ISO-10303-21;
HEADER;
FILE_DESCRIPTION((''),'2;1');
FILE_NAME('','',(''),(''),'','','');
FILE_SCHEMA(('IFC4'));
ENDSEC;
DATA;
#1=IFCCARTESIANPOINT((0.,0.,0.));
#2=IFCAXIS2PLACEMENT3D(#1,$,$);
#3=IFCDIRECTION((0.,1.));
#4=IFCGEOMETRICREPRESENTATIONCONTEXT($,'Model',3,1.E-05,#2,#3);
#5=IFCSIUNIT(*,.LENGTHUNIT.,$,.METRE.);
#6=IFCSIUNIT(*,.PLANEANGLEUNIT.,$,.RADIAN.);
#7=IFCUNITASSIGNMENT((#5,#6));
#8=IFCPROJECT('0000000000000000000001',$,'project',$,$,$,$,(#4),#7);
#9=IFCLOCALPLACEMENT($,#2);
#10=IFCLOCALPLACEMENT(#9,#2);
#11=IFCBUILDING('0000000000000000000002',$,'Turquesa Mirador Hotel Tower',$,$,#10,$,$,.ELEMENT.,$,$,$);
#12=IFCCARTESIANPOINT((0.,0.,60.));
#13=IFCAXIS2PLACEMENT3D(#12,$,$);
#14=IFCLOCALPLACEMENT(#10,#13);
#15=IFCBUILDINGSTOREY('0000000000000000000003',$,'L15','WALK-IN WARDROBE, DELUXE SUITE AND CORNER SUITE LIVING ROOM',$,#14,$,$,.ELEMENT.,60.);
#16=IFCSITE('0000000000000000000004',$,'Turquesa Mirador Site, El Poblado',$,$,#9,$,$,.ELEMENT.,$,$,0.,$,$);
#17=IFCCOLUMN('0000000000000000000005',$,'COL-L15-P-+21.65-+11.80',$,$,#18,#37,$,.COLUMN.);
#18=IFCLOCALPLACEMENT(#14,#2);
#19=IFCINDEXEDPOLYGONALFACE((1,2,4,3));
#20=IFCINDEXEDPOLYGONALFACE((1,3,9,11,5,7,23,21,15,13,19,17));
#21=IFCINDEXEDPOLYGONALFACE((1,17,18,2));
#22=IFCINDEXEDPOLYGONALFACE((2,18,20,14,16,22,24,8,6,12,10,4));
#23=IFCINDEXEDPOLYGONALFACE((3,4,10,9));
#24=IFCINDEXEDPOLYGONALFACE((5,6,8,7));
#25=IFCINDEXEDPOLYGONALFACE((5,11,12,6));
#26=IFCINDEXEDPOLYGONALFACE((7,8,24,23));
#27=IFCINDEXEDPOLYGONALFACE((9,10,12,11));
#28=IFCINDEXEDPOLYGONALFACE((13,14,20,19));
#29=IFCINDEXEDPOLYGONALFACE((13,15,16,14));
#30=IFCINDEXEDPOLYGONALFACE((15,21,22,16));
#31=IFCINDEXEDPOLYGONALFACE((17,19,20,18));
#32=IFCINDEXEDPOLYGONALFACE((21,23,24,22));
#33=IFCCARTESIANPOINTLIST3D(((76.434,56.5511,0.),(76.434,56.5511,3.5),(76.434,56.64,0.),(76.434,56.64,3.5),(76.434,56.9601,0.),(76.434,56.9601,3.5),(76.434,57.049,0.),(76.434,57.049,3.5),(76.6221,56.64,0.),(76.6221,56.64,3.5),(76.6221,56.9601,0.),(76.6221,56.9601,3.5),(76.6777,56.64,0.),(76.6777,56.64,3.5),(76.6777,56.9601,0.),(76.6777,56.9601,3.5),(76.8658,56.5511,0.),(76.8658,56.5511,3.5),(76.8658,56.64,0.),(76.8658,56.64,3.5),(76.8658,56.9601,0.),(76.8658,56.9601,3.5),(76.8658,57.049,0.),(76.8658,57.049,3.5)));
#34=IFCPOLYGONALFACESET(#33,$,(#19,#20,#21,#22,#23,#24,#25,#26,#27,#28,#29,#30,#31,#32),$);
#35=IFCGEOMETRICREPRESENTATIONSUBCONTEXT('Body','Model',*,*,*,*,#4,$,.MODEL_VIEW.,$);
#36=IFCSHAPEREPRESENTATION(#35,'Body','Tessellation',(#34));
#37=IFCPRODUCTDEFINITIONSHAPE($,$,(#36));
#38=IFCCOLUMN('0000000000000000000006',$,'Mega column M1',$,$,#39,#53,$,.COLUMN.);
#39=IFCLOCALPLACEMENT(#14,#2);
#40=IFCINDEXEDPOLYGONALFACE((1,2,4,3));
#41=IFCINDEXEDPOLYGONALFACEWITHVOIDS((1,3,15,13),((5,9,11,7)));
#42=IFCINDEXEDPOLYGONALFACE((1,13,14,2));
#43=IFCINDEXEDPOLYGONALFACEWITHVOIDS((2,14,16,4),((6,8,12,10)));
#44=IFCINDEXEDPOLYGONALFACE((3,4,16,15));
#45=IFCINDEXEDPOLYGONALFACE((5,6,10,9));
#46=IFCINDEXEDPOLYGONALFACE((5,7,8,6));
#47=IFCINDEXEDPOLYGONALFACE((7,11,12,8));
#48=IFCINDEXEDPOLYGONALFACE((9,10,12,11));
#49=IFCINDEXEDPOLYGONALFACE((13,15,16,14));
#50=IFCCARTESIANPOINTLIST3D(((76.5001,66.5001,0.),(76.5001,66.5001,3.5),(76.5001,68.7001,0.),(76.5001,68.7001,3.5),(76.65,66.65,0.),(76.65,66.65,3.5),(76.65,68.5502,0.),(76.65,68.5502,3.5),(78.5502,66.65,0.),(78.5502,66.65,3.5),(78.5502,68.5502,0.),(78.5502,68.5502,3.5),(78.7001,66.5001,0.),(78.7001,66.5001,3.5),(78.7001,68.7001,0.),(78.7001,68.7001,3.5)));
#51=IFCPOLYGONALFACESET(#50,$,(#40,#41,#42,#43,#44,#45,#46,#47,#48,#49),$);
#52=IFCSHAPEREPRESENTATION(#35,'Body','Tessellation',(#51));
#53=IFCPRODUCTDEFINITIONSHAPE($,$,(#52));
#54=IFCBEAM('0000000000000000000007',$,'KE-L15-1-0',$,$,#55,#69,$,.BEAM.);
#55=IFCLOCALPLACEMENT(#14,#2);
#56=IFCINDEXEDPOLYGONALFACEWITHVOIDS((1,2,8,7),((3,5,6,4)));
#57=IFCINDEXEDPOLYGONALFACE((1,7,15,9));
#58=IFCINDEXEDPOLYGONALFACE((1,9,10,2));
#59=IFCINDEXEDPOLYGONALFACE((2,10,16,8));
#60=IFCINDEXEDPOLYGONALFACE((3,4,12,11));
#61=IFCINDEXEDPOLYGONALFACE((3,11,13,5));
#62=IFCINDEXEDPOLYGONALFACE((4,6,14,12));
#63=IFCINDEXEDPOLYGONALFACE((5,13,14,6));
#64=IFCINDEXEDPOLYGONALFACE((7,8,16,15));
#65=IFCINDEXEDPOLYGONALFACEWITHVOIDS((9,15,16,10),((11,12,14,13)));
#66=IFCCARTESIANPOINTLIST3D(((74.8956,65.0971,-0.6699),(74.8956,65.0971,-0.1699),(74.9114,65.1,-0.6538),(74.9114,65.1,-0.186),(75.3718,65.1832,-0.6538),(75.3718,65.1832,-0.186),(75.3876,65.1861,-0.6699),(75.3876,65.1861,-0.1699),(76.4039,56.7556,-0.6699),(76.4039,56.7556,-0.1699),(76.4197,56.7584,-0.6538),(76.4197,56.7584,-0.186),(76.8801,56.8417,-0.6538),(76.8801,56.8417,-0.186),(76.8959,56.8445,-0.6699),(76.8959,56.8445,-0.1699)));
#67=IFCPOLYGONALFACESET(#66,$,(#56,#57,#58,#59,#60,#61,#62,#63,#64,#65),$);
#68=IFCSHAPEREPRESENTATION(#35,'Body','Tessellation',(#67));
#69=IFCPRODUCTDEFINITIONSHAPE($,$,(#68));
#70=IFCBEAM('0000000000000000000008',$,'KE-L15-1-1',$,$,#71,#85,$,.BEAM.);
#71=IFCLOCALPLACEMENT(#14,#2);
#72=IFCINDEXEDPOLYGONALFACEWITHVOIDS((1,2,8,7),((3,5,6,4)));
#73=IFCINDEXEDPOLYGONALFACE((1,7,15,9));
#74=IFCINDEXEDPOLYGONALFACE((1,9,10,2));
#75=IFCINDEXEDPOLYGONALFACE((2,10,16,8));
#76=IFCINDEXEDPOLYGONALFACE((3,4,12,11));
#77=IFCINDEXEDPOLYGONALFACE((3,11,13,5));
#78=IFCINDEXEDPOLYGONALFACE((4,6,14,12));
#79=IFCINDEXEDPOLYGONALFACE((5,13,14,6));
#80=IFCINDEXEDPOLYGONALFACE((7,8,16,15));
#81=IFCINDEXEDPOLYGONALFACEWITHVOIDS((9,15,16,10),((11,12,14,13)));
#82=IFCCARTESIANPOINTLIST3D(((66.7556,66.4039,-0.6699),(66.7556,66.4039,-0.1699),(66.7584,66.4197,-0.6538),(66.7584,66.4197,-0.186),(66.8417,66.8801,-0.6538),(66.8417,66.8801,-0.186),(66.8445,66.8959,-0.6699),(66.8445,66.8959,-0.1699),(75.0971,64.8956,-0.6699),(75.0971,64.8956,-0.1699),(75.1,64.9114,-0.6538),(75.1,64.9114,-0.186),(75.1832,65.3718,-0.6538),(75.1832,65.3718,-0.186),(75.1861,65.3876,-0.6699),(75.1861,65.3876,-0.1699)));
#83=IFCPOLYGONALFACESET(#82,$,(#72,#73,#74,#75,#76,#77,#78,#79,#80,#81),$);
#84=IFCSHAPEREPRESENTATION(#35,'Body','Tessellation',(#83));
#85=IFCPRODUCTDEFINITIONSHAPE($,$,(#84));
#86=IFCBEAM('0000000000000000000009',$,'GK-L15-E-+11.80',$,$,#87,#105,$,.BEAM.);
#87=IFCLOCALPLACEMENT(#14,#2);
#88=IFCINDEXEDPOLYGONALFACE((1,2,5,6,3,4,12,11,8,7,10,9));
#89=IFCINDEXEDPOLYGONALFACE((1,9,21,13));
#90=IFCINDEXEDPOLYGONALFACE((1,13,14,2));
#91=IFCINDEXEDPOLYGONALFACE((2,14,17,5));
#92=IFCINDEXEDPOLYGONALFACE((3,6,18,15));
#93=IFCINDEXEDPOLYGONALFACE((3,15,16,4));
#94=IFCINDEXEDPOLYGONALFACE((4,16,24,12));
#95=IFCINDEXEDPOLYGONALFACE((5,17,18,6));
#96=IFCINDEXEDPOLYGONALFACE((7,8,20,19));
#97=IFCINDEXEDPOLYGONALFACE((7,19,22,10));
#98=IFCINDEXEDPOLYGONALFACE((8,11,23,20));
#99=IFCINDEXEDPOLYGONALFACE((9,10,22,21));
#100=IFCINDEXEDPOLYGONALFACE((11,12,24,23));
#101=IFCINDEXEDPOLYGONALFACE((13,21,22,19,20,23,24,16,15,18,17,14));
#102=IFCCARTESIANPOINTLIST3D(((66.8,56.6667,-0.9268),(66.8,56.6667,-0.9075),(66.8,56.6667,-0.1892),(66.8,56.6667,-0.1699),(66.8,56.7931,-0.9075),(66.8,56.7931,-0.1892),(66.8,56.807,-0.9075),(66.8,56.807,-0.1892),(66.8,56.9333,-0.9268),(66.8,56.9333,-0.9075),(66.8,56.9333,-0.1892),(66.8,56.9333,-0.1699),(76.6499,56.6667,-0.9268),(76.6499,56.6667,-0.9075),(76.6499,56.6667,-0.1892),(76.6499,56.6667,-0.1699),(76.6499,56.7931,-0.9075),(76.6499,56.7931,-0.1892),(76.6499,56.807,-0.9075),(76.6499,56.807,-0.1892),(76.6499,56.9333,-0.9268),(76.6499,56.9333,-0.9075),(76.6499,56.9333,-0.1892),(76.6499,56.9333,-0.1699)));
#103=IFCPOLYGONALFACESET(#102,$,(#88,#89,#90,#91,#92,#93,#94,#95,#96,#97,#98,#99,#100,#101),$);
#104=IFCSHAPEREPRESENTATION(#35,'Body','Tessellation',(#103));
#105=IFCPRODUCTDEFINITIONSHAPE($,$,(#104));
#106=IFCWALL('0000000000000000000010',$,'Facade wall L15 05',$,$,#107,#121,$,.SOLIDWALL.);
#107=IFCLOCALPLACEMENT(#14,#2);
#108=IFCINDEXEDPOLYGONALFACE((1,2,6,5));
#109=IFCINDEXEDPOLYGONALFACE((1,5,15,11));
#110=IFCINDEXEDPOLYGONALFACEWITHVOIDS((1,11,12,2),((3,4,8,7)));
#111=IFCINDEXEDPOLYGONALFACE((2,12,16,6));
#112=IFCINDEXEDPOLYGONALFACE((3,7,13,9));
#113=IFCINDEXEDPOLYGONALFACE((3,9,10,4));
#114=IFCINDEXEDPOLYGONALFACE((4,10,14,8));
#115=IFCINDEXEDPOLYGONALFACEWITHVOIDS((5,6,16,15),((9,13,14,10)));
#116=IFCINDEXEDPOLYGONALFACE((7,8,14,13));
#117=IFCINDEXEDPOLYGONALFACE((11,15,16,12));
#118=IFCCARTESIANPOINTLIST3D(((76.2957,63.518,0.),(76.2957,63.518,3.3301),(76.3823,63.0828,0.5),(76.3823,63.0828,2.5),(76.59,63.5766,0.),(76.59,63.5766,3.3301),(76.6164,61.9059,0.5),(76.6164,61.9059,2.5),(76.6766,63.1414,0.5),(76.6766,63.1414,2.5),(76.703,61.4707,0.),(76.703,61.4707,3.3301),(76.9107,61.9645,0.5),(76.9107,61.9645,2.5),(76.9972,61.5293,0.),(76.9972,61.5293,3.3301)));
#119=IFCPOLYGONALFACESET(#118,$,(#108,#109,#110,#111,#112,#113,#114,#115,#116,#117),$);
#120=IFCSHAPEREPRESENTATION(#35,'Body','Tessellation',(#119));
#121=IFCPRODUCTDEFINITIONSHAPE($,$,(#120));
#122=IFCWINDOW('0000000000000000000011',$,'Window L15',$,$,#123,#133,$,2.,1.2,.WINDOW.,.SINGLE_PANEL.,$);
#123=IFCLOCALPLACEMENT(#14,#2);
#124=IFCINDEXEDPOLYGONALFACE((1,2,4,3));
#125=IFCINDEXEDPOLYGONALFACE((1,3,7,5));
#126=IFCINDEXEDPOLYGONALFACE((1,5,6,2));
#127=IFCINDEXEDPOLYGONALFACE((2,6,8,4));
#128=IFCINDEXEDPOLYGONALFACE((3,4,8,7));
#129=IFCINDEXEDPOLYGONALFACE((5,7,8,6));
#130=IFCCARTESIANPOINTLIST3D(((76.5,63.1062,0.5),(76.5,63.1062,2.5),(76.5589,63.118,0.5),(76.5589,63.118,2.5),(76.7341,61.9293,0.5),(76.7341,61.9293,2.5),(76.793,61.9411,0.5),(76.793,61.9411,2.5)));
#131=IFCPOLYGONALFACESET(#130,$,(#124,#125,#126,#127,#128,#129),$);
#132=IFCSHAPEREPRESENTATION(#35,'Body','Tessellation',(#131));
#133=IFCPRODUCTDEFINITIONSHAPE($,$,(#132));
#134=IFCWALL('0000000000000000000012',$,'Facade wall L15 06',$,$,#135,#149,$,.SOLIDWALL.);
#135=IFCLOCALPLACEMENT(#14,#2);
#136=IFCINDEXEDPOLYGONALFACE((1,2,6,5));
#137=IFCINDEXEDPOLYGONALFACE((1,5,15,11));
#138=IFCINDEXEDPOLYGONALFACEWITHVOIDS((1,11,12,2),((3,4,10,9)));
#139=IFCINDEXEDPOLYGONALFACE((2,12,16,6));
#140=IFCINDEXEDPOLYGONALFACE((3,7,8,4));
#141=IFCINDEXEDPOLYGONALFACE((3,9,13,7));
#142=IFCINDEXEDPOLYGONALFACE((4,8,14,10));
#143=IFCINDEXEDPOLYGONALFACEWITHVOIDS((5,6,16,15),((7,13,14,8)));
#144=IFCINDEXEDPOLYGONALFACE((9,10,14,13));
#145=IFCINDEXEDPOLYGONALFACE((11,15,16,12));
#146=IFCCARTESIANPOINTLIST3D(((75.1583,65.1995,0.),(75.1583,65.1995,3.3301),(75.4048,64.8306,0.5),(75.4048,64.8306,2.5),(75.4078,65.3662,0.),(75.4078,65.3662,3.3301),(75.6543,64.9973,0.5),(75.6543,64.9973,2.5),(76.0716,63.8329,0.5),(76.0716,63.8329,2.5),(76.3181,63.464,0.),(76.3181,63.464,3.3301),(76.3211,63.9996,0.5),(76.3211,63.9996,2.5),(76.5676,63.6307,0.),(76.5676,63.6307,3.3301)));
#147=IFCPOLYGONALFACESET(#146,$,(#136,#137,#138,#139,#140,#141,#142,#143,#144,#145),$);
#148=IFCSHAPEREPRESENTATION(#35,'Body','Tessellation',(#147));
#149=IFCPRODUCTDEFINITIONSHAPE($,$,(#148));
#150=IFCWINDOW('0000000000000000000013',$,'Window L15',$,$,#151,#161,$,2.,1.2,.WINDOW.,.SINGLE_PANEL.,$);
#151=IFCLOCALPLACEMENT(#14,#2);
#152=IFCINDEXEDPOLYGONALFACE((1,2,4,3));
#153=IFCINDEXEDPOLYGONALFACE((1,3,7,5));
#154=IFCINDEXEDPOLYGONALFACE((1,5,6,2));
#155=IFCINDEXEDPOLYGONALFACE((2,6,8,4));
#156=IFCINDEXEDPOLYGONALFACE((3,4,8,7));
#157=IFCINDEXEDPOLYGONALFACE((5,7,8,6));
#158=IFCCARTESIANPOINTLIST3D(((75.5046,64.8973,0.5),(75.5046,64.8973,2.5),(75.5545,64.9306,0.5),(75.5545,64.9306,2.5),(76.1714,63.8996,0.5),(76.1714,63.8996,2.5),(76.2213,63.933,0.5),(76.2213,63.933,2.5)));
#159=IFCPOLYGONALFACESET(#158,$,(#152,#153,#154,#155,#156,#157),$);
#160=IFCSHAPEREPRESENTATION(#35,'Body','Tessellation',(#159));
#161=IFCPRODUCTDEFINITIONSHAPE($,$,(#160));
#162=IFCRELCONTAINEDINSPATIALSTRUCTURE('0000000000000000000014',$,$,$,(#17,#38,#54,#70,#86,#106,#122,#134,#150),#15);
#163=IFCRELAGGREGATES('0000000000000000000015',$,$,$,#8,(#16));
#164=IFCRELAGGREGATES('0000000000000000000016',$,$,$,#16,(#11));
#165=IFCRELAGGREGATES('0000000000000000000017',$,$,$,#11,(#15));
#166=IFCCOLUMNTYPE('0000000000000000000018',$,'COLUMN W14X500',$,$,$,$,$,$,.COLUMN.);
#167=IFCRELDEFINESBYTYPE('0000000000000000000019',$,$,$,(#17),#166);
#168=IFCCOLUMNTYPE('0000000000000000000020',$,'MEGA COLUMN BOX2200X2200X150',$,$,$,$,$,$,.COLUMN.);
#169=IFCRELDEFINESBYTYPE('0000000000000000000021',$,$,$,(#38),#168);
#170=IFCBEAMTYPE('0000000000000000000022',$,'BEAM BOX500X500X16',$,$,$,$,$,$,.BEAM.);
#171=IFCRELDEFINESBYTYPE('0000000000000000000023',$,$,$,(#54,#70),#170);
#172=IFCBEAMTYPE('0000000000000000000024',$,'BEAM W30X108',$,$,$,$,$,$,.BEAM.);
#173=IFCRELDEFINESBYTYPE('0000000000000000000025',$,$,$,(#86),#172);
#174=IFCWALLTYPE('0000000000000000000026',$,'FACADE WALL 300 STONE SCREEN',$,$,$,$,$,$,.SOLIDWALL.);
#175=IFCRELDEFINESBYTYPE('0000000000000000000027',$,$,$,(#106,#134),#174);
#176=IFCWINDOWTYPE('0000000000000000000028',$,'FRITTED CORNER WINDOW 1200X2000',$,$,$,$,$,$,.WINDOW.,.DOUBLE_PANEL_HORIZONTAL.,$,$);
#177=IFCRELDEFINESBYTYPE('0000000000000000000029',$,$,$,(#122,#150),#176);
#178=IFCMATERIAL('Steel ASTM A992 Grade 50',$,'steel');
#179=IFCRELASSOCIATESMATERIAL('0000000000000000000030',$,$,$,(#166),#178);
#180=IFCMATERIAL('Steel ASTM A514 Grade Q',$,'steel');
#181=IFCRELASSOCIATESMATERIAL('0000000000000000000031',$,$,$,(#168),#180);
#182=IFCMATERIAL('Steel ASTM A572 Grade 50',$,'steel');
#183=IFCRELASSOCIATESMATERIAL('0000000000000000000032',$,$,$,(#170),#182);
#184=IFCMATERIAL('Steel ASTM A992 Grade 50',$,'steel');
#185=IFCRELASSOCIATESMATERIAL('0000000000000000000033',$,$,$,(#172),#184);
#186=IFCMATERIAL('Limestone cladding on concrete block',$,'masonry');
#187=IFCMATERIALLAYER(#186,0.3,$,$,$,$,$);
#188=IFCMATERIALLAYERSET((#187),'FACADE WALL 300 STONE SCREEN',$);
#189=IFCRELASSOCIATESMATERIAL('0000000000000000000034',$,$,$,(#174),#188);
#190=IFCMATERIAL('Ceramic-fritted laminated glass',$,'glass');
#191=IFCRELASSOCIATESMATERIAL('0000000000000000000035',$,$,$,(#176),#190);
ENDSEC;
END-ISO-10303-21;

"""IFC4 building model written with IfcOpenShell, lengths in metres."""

from ifc_helpers import new_model, si_unit, direction, frame, frame_2d, origin, origin_2d, place, context, subcontext, project, spatial, rectangle, hollow_rectangle, i_section, extrude, material, layer, layer_set, material_profile, profile_set, type_object, element, fill, save


model = new_model("IFC4")

# Units and contexts
model_context = context("Model", 3, precision=1e-05, world=origin(), true_north=direction((0.0, 1.0)))
body_context = subcontext(model_context, "Body", "Model", "MODEL_VIEW")
ifc_project = project(units=[si_unit("LENGTHUNIT", "METRE"), si_unit("PLANEANGLEUNIT", "RADIAN")], contexts=[model_context])

# Site, building, storey
site_placement = place(None, origin())
site = spatial("IfcSite", under=ifc_project, at=site_placement, Name="Turquesa Mirador Site, El Poblado", CompositionType="ELEMENT", RefElevation=0.0)
building_placement = place(site_placement, origin())
building = spatial("IfcBuilding", under=site, at=building_placement, Name="Turquesa Mirador Hotel Tower", CompositionType="ELEMENT")
storey_placement = place(building_placement, frame((0.0, 0.0, 60.0)))
storey = spatial("IfcBuildingStorey", under=building, at=storey_placement, Name="L15", Description="WALK-IN WARDROBE, DELUXE SUITE AND CORNER SUITE LIVING ROOM", CompositionType="ELEMENT", Elevation=60.0)

# Columns
ifc_material_1 = material(Name="Steel ASTM A992 Grade 50", Category="steel")
ifc_material_profile_1 = material_profile(ifc_material_1, i_section(OverallWidth=0.4319, OverallDepth=0.4978, WebThickness=0.0557, FlangeThickness=0.0889, at=origin_2d()), Name="W14X500")
ifc_profile_set_1 = profile_set([ifc_material_profile_1], Name="Steel ASTM A992 Grade 50")
column_type_1 = type_object("IfcColumnType", Name="COLUMN W14X500", PredefinedType="COLUMN", material=ifc_profile_set_1)
column_1_placement = place(storey_placement, frame((76.6499, 56.8, 0.0), z_axis=(0.0, 0.0, 1.0), x_axis=(1.0, 0.0, 0.0)))
element("IfcColumn", 1, at=column_1_placement, inside=storey, type_object=column_type_1, Name="COL-L15-P-+21.65-+11.80", PredefinedType="COLUMN", context=body_context, shape_type="SweptSolid", body=[
    extrude(i_section(OverallWidth=0.4319, OverallDepth=0.4978, WebThickness=0.0557, FlangeThickness=0.0889, at=origin_2d()), origin(), (0.0, 0.0, 1.0), 3.5),
])
ifc_material_2 = material(Name="Steel ASTM A514 Grade Q", Category="steel")
ifc_material_profile_2 = material_profile(ifc_material_2, hollow_rectangle(XDim=2.2, YDim=2.2, WallThickness=0.1499, at=origin_2d()), Name="BOX2200X2200X150")
ifc_profile_set_2 = profile_set([ifc_material_profile_2], Name="Steel ASTM A514 Grade Q")
column_type_2 = type_object("IfcColumnType", Name="MEGA COLUMN BOX2200X2200X150", PredefinedType="COLUMN", material=ifc_profile_set_2)
column_2_placement = place(storey_placement, frame((77.6001, 67.6001, 0.0), z_axis=(0.0, 0.0, 1.0), x_axis=(1.0, 0.0, 0.0)))
element("IfcColumn", 2, at=column_2_placement, inside=storey, type_object=column_type_2, Name="Mega column M1", PredefinedType="COLUMN", context=body_context, shape_type="SweptSolid", body=[
    extrude(hollow_rectangle(XDim=2.2, YDim=2.2, WallThickness=0.1499, at=origin_2d()), origin(), (0.0, 0.0, 1.0), 3.5),
])

# Beams
ifc_material_3 = material(Name="Steel ASTM A572 Grade 50", Category="steel")
ifc_material_profile_3 = material_profile(ifc_material_3, hollow_rectangle(XDim=0.5, YDim=0.5, WallThickness=0.0161, at=origin_2d()), Name="BOX500X500X16")
ifc_profile_set_3 = profile_set([ifc_material_profile_3], Name="Steel ASTM A572 Grade 50")
beam_type_1 = type_object("IfcBeamType", Name="BEAM BOX500X500X16", PredefinedType="BEAM", material=ifc_profile_set_3)
for number, where, z_axis, x_axis, name in (
    (3, (76.6499, 56.8, -0.4199), (-0.177932, 0.984043, 0.0), (-0.984043, -0.177932, 0.0), "KE-L15-1-0"),
    (4, (75.1416, 65.1416, -0.4199), (-0.984043, 0.177932, 0.0), (-0.177932, -0.984043, 0.0), "KE-L15-1-1"),
):
    element("IfcBeam", number, at=place(storey_placement, frame(where, z_axis=z_axis, x_axis=x_axis)), inside=storey, type_object=beam_type_1, Name=name, PredefinedType="BEAM", context=body_context, shape_type="SweptSolid", body=[
        extrude(hollow_rectangle(XDim=0.5, YDim=0.5, WallThickness=0.0161, at=origin_2d()), origin(), (0.0, 0.0, 1.0), 8.4768),
    ])
ifc_material_4 = material(Name="Steel ASTM A992 Grade 50", Category="steel")
ifc_material_profile_4 = material_profile(ifc_material_4, i_section(OverallWidth=0.2666, OverallDepth=0.7568, WebThickness=0.0139, FlangeThickness=0.0193, at=origin_2d()), Name="W30X108")
ifc_profile_set_4 = profile_set([ifc_material_profile_4], Name="Steel ASTM A992 Grade 50")
beam_type_2 = type_object("IfcBeamType", Name="BEAM W30X108", PredefinedType="BEAM", material=ifc_profile_set_4)
beam_placement = place(storey_placement, frame((76.6499, 56.8, -0.5483), z_axis=(-1.0, 0.0, 0.0), x_axis=(0.0, -1.0, 0.0)))
element("IfcBeam", 5, at=beam_placement, inside=storey, type_object=beam_type_2, Name="GK-L15-E-+11.80", PredefinedType="BEAM", context=body_context, shape_type="SweptSolid", body=[
    extrude(i_section(OverallWidth=0.2666, OverallDepth=0.7568, WebThickness=0.0139, FlangeThickness=0.0193, at=origin_2d()), origin(), (0.0, 0.0, 1.0), 9.8499),
])

# Walls, openings, windows
ifc_material_5 = material(Name="Limestone cladding on concrete block", Category="masonry")
ifc_layer = layer(ifc_material_5, 0.3)
ifc_layer_set = layer_set([ifc_layer], Name="FACADE WALL 300 STONE SCREEN")
wall_type = type_object("IfcWallType", Name="FACADE WALL 300 STONE SCREEN", PredefinedType="SOLIDWALL", material=ifc_layer_set)
wall_1_placement = place(storey_placement, frame((76.8501, 61.5, 0.0), z_axis=(0.0, 0.0, 1.0), x_axis=(-0.195081, 0.980787, 0.0)))
wall_1 = element("IfcWall", 6, at=wall_1_placement, inside=storey, type_object=wall_type, Name="Facade wall L15 05", PredefinedType="SOLIDWALL", context=body_context, shape_type="SweptSolid", body=[
    extrude(rectangle(XDim=2.0874, YDim=0.3, at=frame_2d((1.0437, 0.0))), origin(), (0.0, 0.0, 1.0), 3.3301),
])
opening_1_placement = place(wall_1_placement, frame((0.4436, 0.0, 0.5)))
opening_1 = element("IfcOpeningElement", 7, at=opening_1_placement, cuts=wall_1, PredefinedType="OPENING", context=body_context, shape_type="SweptSolid", body=[
    extrude(rectangle(XDim=1.2, YDim=2.0, at=frame_2d((0.6001, 1.0))), frame((0.0, 0.1599, 0.0), z_axis=(0.0, -1.0, 0.0), x_axis=(1.0, 0.0, 0.0)), (0.0, 0.0, 1.0), 0.3201),
])
ifc_material_6 = material(Name="Ceramic-fritted laminated glass", Category="glass")
window_type = type_object("IfcWindowType", Name="FRITTED CORNER WINDOW 1200X2000", PartitioningType="DOUBLE_PANEL_HORIZONTAL", PredefinedType="WINDOW", material=ifc_material_6)
window_1_placement = place(opening_1_placement, origin())
window_1 = element("IfcWindow", 8, at=window_1_placement, inside=storey, type_object=window_type, Name="Window L15", OverallHeight=2.0, OverallWidth=1.2, PartitioningType="SINGLE_PANEL", PredefinedType="WINDOW", context=body_context, shape_type="SweptSolid", body=[
    extrude(rectangle(XDim=1.2, YDim=2.0, at=frame_2d((0.6001, 1.0))), frame((0.0, 0.03, 0.0), z_axis=(0.0, -1.0, 0.0), x_axis=(1.0, 0.0, 0.0)), (0.0, 0.0, 1.0), 0.0601),
])
fill(opening_1, window_1)
wall_2_placement = place(storey_placement, frame((76.4429, 63.5474, 0.0), z_axis=(0.0, 0.0, 1.0), x_axis=(-0.555644, 0.83142, 0.0)))
wall_2 = element("IfcWall", 9, at=wall_2_placement, inside=storey, type_object=wall_type, Name="Facade wall L15 06", PredefinedType="SOLIDWALL", context=body_context, shape_type="SweptSolid", body=[
    extrude(rectangle(XDim=2.0874, YDim=0.3, at=frame_2d((1.0437, 0.0))), origin(), (0.0, 0.0, 1.0), 3.3301),
])
opening_2_placement = place(wall_2_placement, frame((0.4436, 0.0, 0.5)))
opening_2 = element("IfcOpeningElement", 10, at=opening_2_placement, cuts=wall_2, PredefinedType="OPENING", context=body_context, shape_type="SweptSolid", body=[
    extrude(rectangle(XDim=1.2, YDim=2.0, at=frame_2d((0.6001, 1.0))), frame((0.0, 0.1599, 0.0), z_axis=(0.0, -1.0, 0.0), x_axis=(1.0, 0.0, 0.0)), (0.0, 0.0, 1.0), 0.3201),
])
window_2_placement = place(opening_2_placement, origin())
window_2 = element("IfcWindow", 11, at=window_2_placement, inside=storey, type_object=window_type, Name="Window L15", OverallHeight=2.0, OverallWidth=1.2, PartitioningType="SINGLE_PANEL", PredefinedType="WINDOW", context=body_context, shape_type="SweptSolid", body=[
    extrude(rectangle(XDim=1.2, YDim=2.0, at=frame_2d((0.6001, 1.0))), frame((0.0, 0.03, 0.0), z_axis=(0.0, -1.0, 0.0), x_axis=(1.0, 0.0, 0.0)), (0.0, 0.0, 1.0), 0.0601),
])
fill(opening_2, window_2)

save(model, "model.ifc")
